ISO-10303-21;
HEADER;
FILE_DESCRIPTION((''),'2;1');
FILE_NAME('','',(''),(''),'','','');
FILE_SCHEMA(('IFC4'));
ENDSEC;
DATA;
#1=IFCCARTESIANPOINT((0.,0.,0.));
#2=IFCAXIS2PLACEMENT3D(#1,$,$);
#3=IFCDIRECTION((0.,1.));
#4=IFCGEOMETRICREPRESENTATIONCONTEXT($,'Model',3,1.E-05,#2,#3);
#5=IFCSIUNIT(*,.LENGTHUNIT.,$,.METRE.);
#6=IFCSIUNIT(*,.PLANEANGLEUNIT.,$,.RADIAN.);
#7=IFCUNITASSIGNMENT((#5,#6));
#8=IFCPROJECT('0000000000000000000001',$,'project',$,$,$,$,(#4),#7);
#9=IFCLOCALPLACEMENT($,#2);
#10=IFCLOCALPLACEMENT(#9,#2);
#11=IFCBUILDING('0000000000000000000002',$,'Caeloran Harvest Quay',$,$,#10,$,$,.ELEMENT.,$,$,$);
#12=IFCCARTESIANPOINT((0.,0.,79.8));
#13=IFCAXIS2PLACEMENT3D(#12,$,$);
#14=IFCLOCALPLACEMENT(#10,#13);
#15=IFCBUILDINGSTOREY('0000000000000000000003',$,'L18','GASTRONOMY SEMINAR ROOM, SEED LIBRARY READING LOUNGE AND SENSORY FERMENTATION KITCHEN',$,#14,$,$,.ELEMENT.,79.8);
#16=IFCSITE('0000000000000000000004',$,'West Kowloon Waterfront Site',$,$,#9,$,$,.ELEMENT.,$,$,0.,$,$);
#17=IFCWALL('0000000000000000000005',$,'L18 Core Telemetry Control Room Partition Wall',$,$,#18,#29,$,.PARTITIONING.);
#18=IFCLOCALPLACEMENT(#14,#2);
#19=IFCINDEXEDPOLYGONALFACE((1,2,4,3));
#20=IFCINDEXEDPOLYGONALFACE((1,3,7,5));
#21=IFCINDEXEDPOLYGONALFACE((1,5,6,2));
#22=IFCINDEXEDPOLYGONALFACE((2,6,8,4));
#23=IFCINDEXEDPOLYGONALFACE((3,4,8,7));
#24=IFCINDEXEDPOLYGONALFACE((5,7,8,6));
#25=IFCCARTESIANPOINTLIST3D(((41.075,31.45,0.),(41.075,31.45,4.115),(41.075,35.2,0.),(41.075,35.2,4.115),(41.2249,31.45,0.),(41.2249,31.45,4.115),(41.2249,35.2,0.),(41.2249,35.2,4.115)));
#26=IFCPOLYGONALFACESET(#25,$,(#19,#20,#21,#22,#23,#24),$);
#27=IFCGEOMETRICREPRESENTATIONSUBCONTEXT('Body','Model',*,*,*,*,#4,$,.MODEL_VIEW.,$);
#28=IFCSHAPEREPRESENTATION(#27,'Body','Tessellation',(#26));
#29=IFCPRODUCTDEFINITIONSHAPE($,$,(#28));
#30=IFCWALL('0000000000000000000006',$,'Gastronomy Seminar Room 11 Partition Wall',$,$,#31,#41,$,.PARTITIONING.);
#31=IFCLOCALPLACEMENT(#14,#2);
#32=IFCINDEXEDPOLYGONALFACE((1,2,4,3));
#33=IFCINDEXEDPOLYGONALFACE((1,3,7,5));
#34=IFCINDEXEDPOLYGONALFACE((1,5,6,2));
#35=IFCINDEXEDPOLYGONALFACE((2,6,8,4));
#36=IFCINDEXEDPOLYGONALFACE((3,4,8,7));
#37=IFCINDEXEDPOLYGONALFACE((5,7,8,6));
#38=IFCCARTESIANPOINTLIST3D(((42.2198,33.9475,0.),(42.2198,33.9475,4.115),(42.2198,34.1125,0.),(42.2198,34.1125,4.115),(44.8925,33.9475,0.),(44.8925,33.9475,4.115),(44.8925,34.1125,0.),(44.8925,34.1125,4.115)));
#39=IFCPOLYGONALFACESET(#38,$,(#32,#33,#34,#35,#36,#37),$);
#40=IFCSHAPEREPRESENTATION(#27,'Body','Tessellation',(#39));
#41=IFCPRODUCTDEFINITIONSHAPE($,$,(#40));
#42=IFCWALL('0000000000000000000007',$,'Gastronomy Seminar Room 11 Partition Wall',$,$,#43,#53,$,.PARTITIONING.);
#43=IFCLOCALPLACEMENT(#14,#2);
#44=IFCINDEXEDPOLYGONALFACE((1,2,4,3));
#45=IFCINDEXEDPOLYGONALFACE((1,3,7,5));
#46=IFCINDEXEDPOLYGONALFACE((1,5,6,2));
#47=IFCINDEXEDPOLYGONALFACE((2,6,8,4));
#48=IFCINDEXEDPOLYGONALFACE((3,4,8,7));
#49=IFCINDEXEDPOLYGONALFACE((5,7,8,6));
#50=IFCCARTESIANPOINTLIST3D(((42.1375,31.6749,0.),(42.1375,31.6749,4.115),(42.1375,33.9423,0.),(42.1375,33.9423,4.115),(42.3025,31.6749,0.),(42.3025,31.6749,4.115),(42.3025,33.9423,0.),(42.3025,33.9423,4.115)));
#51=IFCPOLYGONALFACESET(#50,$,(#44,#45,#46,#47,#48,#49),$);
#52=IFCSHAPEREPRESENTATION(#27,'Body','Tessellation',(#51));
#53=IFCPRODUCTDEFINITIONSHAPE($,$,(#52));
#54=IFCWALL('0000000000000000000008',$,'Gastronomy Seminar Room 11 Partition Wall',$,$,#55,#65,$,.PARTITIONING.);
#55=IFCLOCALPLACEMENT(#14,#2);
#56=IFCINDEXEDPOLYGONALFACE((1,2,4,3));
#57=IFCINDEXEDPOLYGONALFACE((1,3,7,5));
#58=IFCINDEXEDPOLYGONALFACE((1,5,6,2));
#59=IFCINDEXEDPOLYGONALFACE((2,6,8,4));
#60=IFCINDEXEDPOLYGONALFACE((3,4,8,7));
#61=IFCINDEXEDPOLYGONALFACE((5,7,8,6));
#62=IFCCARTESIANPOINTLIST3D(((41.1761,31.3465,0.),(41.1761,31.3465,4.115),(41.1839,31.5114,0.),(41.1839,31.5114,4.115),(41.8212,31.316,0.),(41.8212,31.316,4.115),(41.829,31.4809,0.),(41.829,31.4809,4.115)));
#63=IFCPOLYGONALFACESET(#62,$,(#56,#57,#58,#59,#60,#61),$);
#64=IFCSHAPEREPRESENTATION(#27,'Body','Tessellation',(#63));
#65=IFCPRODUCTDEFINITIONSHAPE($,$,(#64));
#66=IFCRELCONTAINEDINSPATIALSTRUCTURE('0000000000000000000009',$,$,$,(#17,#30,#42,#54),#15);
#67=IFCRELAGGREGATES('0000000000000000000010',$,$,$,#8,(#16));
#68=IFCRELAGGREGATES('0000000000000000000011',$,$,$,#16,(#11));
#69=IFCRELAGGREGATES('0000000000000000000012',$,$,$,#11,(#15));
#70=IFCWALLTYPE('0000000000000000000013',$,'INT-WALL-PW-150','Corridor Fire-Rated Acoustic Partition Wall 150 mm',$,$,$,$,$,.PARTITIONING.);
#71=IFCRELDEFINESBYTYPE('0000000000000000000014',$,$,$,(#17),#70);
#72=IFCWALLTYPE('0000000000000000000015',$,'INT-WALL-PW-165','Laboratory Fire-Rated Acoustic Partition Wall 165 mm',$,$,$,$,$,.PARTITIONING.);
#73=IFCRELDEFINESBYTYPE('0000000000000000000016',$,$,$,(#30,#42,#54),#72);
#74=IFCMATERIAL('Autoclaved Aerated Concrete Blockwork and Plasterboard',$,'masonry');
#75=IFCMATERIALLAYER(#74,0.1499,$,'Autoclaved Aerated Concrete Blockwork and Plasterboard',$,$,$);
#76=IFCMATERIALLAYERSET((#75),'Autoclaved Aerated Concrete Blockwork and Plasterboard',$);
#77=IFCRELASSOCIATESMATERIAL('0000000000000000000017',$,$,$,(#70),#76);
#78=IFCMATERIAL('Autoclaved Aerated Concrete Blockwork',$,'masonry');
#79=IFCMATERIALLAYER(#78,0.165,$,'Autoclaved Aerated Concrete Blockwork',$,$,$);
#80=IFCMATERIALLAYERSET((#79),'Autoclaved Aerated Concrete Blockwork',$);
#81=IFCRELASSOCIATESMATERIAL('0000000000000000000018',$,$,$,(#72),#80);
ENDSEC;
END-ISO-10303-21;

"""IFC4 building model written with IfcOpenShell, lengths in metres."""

from ifc_helpers import new_model, si_unit, direction, frame, frame_2d, origin, place, context, subcontext, project, spatial, rectangle, extrude, material, layer, layer_set, type_object, element, save


model = new_model("IFC4")

# Units and contexts
model_context = context("Model", 3, precision=1e-05, world=origin(), true_north=direction((0.0, 1.0)))
body_context = subcontext(model_context, "Body", "Model", "MODEL_VIEW")
ifc_project = project(units=[si_unit("LENGTHUNIT", "METRE"), si_unit("PLANEANGLEUNIT", "RADIAN")], contexts=[model_context])

# Site, building, storey
site_placement = place(None, origin())
site = spatial("IfcSite", under=ifc_project, at=site_placement, Name="West Kowloon Waterfront Site", CompositionType="ELEMENT", RefElevation=0.0)
building_placement = place(site_placement, origin())
building = spatial("IfcBuilding", under=site, at=building_placement, Name="Caeloran Harvest Quay", CompositionType="ELEMENT")
storey_placement = place(building_placement, frame((0.0, 0.0, 79.8)))
storey = spatial("IfcBuildingStorey", under=building, at=storey_placement, Name="L18", Description="GASTRONOMY SEMINAR ROOM, SEED LIBRARY READING LOUNGE AND SENSORY FERMENTATION KITCHEN", CompositionType="ELEMENT", Elevation=79.8)

# Walls
ifc_material_1 = material(Name="Autoclaved Aerated Concrete Blockwork and Plasterboard", Category="masonry")
ifc_layer_1 = layer(ifc_material_1, 0.1499, Name="Autoclaved Aerated Concrete Blockwork and Plasterboard")
ifc_layer_set_1 = layer_set([ifc_layer_1], Name="Autoclaved Aerated Concrete Blockwork and Plasterboard")
wall_type_1 = type_object("IfcWallType", Name="INT-WALL-PW-150", Description="Corridor Fire-Rated Acoustic Partition Wall 150 mm", PredefinedType="PARTITIONING", material=ifc_layer_set_1)
wall_1_placement = place(storey_placement, frame((41.1499, 35.2, 0.0), z_axis=(0.0, 0.0, 1.0), x_axis=(0.0, -1.0, 0.0)))
element("IfcWall", 1, at=wall_1_placement, inside=storey, type_object=wall_type_1, Name="L18 Core Telemetry Control Room Partition Wall", PredefinedType="PARTITIONING", context=body_context, shape_type="SweptSolid", body=[
    extrude(rectangle(XDim=3.75, YDim=0.1499, at=frame_2d((1.875, 0.0))), origin(), (0.0, 0.0, 1.0), 4.115),
])
ifc_material_2 = material(Name="Autoclaved Aerated Concrete Blockwork", Category="masonry")
ifc_layer_2 = layer(ifc_material_2, 0.165, Name="Autoclaved Aerated Concrete Blockwork")
ifc_layer_set_2 = layer_set([ifc_layer_2], Name="Autoclaved Aerated Concrete Blockwork")
wall_type_2 = type_object("IfcWallType", Name="INT-WALL-PW-165", Description="Laboratory Fire-Rated Acoustic Partition Wall 165 mm", PredefinedType="PARTITIONING", material=ifc_layer_set_2)
wall_2_placement = place(storey_placement, frame((44.8926, 34.03, 0.0), z_axis=(0.0, 0.0, 1.0), x_axis=(-1.0, 0.0, 0.0)))
element("IfcWall", 2, at=wall_2_placement, inside=storey, type_object=wall_type_2, Name="Gastronomy Seminar Room 11 Partition Wall", PredefinedType="PARTITIONING", context=body_context, shape_type="SweptSolid", body=[
    extrude(rectangle(XDim=2.6726, YDim=0.165, at=frame_2d((1.3364, 0.0))), origin(), (0.0, 0.0, 1.0), 4.115),
])
wall_3_placement = place(storey_placement, frame((42.22, 33.9424, 0.0), z_axis=(0.0, 0.0, 1.0), x_axis=(0.0, -1.0, 0.0)))
element("IfcWall", 3, at=wall_3_placement, inside=storey, type_object=wall_type_2, Name="Gastronomy Seminar Room 11 Partition Wall", PredefinedType="PARTITIONING", context=body_context, shape_type="SweptSolid", body=[
    extrude(rectangle(XDim=2.2673, YDim=0.165, at=frame_2d((1.1338, 0.0))), origin(), (0.0, 0.0, 1.0), 4.115),
])
wall_4_placement = place(storey_placement, frame((41.825, 31.3984, 0.0), z_axis=(0.0, 0.0, 1.0), x_axis=(-0.998883, 0.04726, 0.0)))
element("IfcWall", 4, at=wall_4_placement, inside=storey, type_object=wall_type_2, Name="Gastronomy Seminar Room 11 Partition Wall", PredefinedType="PARTITIONING", context=body_context, shape_type="SweptSolid", body=[
    extrude(rectangle(XDim=0.6458, YDim=0.165, at=frame_2d((0.3228, 0.0))), origin(), (0.0, 0.0, 1.0), 4.115),
])

save(model, "model.ifc")
